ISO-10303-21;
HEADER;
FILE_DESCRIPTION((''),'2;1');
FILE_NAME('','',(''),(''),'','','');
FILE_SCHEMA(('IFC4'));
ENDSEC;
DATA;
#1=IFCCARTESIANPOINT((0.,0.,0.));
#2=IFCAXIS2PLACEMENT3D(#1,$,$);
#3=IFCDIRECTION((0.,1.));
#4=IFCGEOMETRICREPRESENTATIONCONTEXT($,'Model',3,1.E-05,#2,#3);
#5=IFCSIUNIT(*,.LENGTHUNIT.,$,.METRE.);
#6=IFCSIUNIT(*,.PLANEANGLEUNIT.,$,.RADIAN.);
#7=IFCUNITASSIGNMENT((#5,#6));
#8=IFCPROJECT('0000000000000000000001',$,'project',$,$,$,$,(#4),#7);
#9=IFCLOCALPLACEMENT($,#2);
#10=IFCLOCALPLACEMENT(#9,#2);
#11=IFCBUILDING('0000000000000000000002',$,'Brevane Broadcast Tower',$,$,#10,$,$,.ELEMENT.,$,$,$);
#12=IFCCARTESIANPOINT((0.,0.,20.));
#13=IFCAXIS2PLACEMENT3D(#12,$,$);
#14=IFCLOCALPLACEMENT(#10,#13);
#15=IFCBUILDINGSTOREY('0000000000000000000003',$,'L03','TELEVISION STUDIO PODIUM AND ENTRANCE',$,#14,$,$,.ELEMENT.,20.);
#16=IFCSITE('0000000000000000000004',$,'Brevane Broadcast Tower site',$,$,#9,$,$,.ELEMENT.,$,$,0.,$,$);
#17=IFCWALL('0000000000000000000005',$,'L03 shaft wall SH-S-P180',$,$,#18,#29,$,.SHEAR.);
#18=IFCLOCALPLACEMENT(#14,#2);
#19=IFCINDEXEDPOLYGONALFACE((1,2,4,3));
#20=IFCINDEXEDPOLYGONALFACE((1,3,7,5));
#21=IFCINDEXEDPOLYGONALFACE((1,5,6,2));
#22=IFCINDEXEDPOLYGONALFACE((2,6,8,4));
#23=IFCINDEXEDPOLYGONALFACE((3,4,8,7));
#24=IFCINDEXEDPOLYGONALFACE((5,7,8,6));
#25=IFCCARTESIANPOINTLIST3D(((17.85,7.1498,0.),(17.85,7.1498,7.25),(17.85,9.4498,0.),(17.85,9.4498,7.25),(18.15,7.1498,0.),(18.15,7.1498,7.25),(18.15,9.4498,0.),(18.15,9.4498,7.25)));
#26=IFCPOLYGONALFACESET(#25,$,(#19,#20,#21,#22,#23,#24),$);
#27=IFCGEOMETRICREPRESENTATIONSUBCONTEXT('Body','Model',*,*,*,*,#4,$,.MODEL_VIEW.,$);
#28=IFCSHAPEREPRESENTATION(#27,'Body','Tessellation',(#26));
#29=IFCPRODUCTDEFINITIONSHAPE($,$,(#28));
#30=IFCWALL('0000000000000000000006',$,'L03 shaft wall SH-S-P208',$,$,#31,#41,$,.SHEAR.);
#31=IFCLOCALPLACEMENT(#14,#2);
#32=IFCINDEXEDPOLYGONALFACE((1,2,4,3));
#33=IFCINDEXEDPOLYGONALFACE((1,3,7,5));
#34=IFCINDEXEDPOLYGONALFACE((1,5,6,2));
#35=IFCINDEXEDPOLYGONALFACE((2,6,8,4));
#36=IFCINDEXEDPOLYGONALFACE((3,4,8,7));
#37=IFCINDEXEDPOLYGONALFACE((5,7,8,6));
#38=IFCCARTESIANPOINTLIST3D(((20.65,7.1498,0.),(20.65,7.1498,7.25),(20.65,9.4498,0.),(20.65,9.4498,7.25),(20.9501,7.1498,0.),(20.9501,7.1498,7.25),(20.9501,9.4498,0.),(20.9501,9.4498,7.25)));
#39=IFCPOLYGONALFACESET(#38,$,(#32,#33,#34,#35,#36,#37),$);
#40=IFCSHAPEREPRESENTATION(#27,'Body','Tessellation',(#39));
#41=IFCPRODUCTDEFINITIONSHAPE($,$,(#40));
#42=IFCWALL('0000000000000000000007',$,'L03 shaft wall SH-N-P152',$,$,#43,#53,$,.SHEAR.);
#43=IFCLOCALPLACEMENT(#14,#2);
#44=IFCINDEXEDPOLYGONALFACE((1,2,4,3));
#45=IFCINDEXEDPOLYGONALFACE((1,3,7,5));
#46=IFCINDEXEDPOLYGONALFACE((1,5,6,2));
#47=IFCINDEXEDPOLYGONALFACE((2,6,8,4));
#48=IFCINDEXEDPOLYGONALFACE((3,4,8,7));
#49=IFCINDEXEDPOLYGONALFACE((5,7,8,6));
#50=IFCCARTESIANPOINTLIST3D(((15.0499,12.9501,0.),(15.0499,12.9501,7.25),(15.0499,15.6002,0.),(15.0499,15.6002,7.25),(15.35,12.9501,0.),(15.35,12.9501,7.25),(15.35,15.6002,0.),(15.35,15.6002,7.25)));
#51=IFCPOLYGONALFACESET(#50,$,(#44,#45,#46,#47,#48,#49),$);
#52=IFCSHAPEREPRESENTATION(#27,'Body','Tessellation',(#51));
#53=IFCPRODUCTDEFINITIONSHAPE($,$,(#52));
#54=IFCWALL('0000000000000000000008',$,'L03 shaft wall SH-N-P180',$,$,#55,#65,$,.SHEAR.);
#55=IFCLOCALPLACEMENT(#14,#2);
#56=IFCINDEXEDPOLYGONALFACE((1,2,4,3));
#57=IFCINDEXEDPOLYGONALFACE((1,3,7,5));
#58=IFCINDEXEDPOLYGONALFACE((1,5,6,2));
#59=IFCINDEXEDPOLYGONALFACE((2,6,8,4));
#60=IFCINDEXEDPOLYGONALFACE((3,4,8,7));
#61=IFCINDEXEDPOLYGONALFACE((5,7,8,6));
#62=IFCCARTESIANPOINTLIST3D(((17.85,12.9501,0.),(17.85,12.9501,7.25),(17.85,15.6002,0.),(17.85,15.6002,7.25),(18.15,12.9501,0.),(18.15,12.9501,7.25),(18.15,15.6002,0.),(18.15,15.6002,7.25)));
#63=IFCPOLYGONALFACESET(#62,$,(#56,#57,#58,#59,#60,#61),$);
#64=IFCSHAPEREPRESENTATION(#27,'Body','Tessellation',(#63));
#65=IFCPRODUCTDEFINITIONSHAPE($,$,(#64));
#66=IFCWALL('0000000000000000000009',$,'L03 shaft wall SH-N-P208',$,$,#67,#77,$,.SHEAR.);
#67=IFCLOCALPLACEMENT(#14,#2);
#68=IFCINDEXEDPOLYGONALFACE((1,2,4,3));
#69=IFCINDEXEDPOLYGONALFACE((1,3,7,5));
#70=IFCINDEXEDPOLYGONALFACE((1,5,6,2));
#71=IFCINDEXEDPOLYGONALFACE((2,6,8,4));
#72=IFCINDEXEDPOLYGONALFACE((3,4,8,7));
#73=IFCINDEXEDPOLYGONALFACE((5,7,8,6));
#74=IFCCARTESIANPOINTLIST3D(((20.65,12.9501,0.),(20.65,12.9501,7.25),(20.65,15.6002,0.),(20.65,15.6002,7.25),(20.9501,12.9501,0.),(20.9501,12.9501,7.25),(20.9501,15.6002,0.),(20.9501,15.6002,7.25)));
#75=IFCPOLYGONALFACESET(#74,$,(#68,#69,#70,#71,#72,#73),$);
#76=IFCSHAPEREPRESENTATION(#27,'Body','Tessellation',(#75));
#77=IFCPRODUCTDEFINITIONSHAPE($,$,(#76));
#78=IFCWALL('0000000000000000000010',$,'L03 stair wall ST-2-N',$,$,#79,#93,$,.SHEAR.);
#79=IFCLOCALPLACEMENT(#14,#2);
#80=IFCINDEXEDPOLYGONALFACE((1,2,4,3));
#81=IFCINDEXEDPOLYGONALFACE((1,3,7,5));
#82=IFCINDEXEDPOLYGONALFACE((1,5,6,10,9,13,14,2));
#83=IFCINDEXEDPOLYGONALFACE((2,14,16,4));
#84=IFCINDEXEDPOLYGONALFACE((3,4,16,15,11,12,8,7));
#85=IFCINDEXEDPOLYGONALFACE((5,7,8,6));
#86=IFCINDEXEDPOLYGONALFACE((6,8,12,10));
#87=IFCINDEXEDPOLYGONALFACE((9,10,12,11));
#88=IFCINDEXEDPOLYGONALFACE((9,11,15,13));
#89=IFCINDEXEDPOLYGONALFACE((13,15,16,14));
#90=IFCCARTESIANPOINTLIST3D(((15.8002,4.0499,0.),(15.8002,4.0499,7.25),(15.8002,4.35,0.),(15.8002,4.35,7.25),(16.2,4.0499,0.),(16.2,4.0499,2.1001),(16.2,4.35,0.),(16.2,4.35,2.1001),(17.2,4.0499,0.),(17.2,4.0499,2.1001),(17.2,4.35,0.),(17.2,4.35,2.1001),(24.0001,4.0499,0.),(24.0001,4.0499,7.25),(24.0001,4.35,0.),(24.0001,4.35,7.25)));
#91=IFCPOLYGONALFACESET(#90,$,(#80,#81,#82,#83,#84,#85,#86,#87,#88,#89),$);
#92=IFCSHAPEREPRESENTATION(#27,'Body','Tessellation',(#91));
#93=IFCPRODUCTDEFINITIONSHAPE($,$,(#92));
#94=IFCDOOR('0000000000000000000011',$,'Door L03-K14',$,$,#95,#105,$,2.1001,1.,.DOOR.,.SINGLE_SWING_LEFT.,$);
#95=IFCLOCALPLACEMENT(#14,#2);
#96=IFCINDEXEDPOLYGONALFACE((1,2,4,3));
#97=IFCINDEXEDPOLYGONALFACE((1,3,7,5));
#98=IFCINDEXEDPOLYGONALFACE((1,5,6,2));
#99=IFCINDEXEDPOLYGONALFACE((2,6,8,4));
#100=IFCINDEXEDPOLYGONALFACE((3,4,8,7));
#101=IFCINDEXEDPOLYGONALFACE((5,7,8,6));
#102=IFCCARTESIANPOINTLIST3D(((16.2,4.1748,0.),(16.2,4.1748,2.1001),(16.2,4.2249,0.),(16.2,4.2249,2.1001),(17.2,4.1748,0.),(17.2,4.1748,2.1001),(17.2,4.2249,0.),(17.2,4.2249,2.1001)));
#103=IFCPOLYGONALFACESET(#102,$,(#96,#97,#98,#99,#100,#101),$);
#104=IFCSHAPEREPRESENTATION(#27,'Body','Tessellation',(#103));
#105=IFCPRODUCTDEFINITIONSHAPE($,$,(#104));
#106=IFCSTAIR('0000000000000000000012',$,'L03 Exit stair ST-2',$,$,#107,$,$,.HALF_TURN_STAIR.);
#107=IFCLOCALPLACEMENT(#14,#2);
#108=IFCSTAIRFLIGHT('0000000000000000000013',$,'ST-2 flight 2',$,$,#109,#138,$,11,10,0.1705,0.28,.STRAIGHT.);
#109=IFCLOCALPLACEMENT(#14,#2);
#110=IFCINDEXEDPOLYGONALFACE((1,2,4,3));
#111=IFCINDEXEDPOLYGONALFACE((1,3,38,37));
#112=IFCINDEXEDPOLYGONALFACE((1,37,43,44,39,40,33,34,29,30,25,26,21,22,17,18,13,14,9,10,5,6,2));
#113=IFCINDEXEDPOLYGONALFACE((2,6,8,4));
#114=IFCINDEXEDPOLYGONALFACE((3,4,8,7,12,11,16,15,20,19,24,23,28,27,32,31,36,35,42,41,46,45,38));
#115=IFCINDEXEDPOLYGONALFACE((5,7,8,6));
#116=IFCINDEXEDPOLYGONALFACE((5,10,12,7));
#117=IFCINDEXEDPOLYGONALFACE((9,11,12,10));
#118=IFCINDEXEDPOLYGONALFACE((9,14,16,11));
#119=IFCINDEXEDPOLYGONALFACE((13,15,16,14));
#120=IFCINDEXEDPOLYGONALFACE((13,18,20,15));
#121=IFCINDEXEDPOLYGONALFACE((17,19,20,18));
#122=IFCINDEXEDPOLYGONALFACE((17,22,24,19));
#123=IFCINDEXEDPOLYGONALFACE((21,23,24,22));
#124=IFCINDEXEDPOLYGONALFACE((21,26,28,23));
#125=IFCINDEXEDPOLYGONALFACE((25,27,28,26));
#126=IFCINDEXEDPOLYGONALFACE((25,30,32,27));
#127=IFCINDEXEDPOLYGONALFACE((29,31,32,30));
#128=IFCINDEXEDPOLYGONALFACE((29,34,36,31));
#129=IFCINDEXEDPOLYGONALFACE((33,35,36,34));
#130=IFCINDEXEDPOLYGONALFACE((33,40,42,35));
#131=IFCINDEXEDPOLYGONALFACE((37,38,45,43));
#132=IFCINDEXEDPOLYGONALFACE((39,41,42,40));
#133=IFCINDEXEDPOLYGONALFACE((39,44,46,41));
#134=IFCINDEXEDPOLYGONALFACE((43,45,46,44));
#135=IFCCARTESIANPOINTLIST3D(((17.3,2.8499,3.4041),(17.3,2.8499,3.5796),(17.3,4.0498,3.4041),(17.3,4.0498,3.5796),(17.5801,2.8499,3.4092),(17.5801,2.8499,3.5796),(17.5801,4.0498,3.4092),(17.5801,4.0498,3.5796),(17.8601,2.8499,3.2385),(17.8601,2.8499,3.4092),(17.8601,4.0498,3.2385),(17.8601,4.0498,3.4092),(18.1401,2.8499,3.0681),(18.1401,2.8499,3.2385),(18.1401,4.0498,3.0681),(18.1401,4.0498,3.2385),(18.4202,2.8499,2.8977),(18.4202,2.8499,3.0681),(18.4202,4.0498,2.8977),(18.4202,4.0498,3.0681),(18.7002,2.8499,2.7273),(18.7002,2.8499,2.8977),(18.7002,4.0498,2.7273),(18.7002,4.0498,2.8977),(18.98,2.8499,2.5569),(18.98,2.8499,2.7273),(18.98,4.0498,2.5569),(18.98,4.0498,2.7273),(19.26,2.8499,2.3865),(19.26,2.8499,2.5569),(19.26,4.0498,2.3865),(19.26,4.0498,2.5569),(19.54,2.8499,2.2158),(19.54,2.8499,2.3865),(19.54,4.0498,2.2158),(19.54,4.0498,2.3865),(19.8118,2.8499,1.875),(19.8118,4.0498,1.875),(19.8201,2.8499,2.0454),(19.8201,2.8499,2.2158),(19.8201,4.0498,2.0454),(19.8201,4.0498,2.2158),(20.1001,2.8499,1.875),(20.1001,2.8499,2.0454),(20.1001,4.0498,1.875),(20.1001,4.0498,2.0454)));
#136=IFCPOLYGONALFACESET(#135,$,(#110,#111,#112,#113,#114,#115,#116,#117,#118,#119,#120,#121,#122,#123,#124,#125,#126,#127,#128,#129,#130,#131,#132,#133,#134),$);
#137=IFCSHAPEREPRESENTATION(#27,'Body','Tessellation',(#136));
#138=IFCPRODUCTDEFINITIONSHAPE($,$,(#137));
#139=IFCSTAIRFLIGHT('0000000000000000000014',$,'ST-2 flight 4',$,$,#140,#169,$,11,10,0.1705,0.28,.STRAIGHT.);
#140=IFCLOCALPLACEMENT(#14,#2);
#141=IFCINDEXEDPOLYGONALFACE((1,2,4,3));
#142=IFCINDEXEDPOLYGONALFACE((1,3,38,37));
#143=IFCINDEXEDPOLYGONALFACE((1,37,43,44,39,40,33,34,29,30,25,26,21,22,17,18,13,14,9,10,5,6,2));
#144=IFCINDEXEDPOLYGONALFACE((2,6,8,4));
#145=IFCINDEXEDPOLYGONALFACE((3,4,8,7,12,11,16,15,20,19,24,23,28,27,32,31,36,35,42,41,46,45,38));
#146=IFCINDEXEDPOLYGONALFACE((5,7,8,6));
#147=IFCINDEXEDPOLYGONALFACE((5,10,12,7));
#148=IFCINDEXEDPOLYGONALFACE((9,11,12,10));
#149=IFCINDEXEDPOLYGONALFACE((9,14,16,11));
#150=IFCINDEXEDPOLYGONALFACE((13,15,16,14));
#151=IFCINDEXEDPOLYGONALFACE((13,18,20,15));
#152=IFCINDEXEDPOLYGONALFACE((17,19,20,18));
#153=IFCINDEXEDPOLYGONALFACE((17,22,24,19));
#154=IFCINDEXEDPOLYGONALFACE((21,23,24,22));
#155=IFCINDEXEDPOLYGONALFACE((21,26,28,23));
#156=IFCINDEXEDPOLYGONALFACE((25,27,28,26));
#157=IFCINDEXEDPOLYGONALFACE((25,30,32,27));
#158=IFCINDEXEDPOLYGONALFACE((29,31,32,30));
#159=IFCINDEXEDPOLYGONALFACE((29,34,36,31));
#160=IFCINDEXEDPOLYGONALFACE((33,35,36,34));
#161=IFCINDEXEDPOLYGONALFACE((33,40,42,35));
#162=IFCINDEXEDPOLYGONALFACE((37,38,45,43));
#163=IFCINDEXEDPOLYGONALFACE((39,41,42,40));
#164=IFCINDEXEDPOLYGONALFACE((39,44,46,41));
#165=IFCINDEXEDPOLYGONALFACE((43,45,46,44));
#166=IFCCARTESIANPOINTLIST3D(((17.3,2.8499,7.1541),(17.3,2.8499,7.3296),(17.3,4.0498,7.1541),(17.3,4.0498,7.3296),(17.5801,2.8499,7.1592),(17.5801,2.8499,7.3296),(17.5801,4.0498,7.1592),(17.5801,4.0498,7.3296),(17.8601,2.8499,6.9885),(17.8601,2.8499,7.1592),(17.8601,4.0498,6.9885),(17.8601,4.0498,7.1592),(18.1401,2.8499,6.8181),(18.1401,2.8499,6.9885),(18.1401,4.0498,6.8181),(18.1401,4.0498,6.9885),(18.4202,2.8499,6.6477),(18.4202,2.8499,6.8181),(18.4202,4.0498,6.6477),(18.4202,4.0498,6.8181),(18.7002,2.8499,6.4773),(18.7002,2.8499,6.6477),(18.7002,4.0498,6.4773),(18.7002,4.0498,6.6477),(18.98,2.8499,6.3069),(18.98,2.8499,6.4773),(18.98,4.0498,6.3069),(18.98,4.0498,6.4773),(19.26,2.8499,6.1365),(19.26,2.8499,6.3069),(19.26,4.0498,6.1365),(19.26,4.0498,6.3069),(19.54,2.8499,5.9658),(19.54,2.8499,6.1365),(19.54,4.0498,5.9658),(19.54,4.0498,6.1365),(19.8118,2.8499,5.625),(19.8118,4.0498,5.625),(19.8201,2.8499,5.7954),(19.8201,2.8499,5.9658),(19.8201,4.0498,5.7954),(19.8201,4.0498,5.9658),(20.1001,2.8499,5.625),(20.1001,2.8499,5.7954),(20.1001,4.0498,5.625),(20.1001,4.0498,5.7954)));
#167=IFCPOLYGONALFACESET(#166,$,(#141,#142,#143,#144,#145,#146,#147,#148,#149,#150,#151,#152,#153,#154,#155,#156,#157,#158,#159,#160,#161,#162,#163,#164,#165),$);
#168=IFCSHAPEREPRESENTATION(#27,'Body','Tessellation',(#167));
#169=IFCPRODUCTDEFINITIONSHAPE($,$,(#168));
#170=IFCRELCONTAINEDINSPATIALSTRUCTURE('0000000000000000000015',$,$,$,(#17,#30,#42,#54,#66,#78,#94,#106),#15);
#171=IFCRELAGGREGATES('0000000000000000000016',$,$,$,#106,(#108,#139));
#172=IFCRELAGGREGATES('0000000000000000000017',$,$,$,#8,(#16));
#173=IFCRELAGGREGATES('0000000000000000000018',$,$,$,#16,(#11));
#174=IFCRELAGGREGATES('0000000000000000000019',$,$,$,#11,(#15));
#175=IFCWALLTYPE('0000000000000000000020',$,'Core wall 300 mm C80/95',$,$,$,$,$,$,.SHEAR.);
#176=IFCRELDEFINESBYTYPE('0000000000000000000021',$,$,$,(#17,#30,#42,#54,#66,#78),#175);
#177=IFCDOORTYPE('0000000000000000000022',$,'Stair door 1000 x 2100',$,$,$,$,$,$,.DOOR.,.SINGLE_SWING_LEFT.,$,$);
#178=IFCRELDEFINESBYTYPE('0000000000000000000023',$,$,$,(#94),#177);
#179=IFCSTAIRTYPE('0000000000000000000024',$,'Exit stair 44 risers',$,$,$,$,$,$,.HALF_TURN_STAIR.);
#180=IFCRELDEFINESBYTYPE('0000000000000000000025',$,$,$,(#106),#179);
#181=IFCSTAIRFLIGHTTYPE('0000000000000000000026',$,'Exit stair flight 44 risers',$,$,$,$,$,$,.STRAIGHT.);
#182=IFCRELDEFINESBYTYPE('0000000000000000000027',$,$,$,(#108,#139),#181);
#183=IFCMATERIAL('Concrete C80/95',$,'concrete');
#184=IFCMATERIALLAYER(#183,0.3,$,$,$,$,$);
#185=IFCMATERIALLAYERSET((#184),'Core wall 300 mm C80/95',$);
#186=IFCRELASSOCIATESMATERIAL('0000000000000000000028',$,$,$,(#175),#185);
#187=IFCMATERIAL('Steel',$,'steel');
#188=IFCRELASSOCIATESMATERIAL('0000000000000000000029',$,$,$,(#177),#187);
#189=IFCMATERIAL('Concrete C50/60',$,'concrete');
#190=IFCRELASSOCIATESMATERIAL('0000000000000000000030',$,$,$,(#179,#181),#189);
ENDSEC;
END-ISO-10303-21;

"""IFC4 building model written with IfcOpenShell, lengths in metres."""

from ifc_helpers import new_model, si_unit, direction, frame, frame_2d, origin, place, context, subcontext, project, spatial, polyline, rectangle, outline, extrude, material, layer, layer_set, type_object, element, fill, aggregate, save


model = new_model("IFC4")

# Units and contexts
model_context = context("Model", 3, precision=1e-05, world=origin(), true_north=direction((0.0, 1.0)))
body_context = subcontext(model_context, "Body", "Model", "MODEL_VIEW")
ifc_project = project(units=[si_unit("LENGTHUNIT", "METRE"), si_unit("PLANEANGLEUNIT", "RADIAN")], contexts=[model_context])

# Site, building, storey
site_placement = place(None, origin())
site = spatial("IfcSite", under=ifc_project, at=site_placement, Name="Brevane Broadcast Tower site", CompositionType="ELEMENT", RefElevation=0.0)
building_placement = place(site_placement, origin())
building = spatial("IfcBuilding", under=site, at=building_placement, Name="Brevane Broadcast Tower", CompositionType="ELEMENT")
storey_placement = place(building_placement, frame((0.0, 0.0, 20.0)))
storey = spatial("IfcBuildingStorey", under=building, at=storey_placement, Name="L03", Description="TELEVISION STUDIO PODIUM AND ENTRANCE", CompositionType="ELEMENT", Elevation=20.0)

# Shared definitions
ifc_material_1 = material(Name="Steel", Category="steel")

# Walls
ifc_material_2 = material(Name="Concrete C80/95", Category="concrete")
ifc_layer_1 = layer(ifc_material_2, 0.3)
ifc_layer_set_1 = layer_set([ifc_layer_1], Name="Core wall 300 mm C80/95")
wall_type_1 = type_object("IfcWallType", Name="Core wall 300 mm C80/95", PredefinedType="SHEAR", material=ifc_layer_set_1)
for number, where, z_axis, x_axis, name in (
    (1, (18.0, 7.1499, 0.0), (0.0, 0.0, 1.0), (0.0, 1.0, 0.0), "L03 shaft wall SH-S-P180"),
    (2, (20.8, 7.1499, 0.0), (0.0, 0.0, 1.0), (0.0, 1.0, 0.0), "L03 shaft wall SH-S-P208"),
):
    element("IfcWall", number, at=place(storey_placement, frame(where, z_axis=z_axis, x_axis=x_axis)), inside=storey, type_object=wall_type_1, Name=name, PredefinedType="SHEAR", context=body_context, shape_type="SweptSolid", body=[
        extrude(rectangle(XDim=2.3, YDim=0.3, at=frame_2d((1.1499, 0.0))), origin(), (0.0, 0.0, 1.0), 7.25),
    ])
for number, where, z_axis, x_axis, name in (
    (3, (15.2, 12.95, 0.0), (0.0, 0.0, 1.0), (0.0, 1.0, 0.0), "L03 shaft wall SH-N-P152"),
    (4, (18.0, 12.95, 0.0), (0.0, 0.0, 1.0), (0.0, 1.0, 0.0), "L03 shaft wall SH-N-P180"),
    (5, (20.8, 12.95, 0.0), (0.0, 0.0, 1.0), (0.0, 1.0, 0.0), "L03 shaft wall SH-N-P208"),
):
    element("IfcWall", number, at=place(storey_placement, frame(where, z_axis=z_axis, x_axis=x_axis)), inside=storey, type_object=wall_type_1, Name=name, PredefinedType="SHEAR", context=body_context, shape_type="SweptSolid", body=[
        extrude(rectangle(XDim=2.6501, YDim=0.3, at=frame_2d((1.3252, 0.0))), origin(), (0.0, 0.0, 1.0), 7.25),
    ])

# Wall, opening, door
wall_1_placement = place(storey_placement, frame((15.8, 4.2, 0.0), z_axis=(0.0, 0.0, 1.0), x_axis=(1.0, 0.0, 0.0)))
wall_1 = element("IfcWall", 6, at=wall_1_placement, inside=storey, type_object=wall_type_1, Name="L03 stair wall ST-2-N", PredefinedType="SHEAR", context=body_context, shape_type="SweptSolid", body=[
    extrude(rectangle(XDim=8.2, YDim=0.3, at=frame_2d((4.1001, 0.0))), origin(), (0.0, 0.0, 1.0), 7.25),
])
opening_1_placement = place(wall_1_placement, frame((0.3999, 0.0, 0.0)))
opening_1 = element("IfcOpeningElement", 7, at=opening_1_placement, cuts=wall_1, PredefinedType="OPENING", context=body_context, shape_type="SweptSolid", body=[
    extrude(rectangle(XDim=1.0, YDim=2.1001, at=frame_2d((0.5, 1.05))), frame((0.0, 0.1599, 0.0), z_axis=(0.0, -1.0, 0.0), x_axis=(1.0, 0.0, 0.0)), (0.0, 0.0, 1.0), 0.3201),
])
door_type_1 = type_object("IfcDoorType", Name="Stair door 1000 x 2100", OperationType="SINGLE_SWING_LEFT", PredefinedType="DOOR", material=ifc_material_1)
door_1_placement = place(opening_1_placement, origin())
door_1 = element("IfcDoor", 8, at=door_1_placement, inside=storey, type_object=door_type_1, Name="Door L03-K14", OperationType="SINGLE_SWING_LEFT", OverallHeight=2.1001, OverallWidth=1.0, PredefinedType="DOOR", context=body_context, shape_type="SweptSolid", body=[
    extrude(rectangle(XDim=1.0, YDim=2.1001, at=frame_2d((0.5, 1.05))), frame((0.0, 0.0249, 0.0), z_axis=(0.0, -1.0, 0.0), x_axis=(1.0, 0.0, 0.0)), (0.0, 0.0, 1.0), 0.05),
])
fill(opening_1, door_1)

# Stair, stair flights
ifc_material_3 = material(Name="Concrete C50/60", Category="concrete")
stair_type = type_object("IfcStairType", Name="Exit stair 44 risers", PredefinedType="HALF_TURN_STAIR", material=ifc_material_3)
stair_placement = place(storey_placement, origin())
stair = element("IfcStair", 9, at=stair_placement, inside=storey, type_object=stair_type, Name="L03 Exit stair ST-2", PredefinedType="HALF_TURN_STAIR")
stair_flight_type = type_object("IfcStairFlightType", Name="Exit stair flight 44 risers", PredefinedType="STRAIGHT", material=ifc_material_3)
stair_flight_1_placement = place(storey_placement, frame((20.1001, 3.45, 1.875), z_axis=(0.0, 0.0, 1.0), x_axis=(-1.0, 0.0, 0.0)))
stair_flight_1 = element("IfcStairFlight", 10, at=stair_flight_1_placement, type_object=stair_flight_type, Name="ST-2 flight 2", NumberOfRisers=11, NumberOfTreads=10, PredefinedType="STRAIGHT", RiserHeight=0.1705, TreadLength=0.28, context=body_context, shape_type="SweptSolid", body=[
    extrude(outline(polyline([(0.0, 0.0), (0.0, 0.1704), (0.28, 0.1704), (0.28, 0.3408), (0.5601, 0.3408), (0.5601, 0.5115), (0.8401, 0.5115), (0.8401, 0.6819), (1.1201, 0.6819), (1.1201, 0.8523), (1.3999, 0.8523), (1.3999, 1.0227), (1.6799, 1.0227), (1.6799, 1.1931), (1.96, 1.1931), (1.96, 1.3635), (2.24, 1.3635), (2.24, 1.5342), (2.52, 1.5342), (2.52, 1.7046), (2.8, 1.7046), (2.8, 1.875), (2.8, 1.5291), (0.2883, 0.0), (0.0, 0.0)])), frame((0.0, 0.6001, 0.0), z_axis=(0.0, -1.0, 0.0), x_axis=(1.0, 0.0, 0.0)), (0.0, 0.0, 1.0), 1.2),
])
stair_flight_2_placement = place(storey_placement, frame((20.1001, 3.45, 5.625), z_axis=(0.0, 0.0, 1.0), x_axis=(-1.0, 0.0, 0.0)))
stair_flight_2 = element("IfcStairFlight", 11, at=stair_flight_2_placement, type_object=stair_flight_type, Name="ST-2 flight 4", NumberOfRisers=11, NumberOfTreads=10, PredefinedType="STRAIGHT", RiserHeight=0.1705, TreadLength=0.28, context=body_context, shape_type="SweptSolid", body=[
    extrude(outline(polyline([(0.0, 0.0), (0.0, 0.1704), (0.28, 0.1704), (0.28, 0.3408), (0.5601, 0.3408), (0.5601, 0.5115), (0.8401, 0.5115), (0.8401, 0.6819), (1.1201, 0.6819), (1.1201, 0.8523), (1.3999, 0.8523), (1.3999, 1.0227), (1.6799, 1.0227), (1.6799, 1.1931), (1.96, 1.1931), (1.96, 1.3635), (2.24, 1.3635), (2.24, 1.5342), (2.52, 1.5342), (2.52, 1.7046), (2.8, 1.7046), (2.8, 1.875), (2.8, 1.5291), (0.2883, 0.0), (0.0, 0.0)])), frame((0.0, 0.6001, 0.0), z_axis=(0.0, -1.0, 0.0), x_axis=(1.0, 0.0, 0.0)), (0.0, 0.0, 1.0), 1.2),
])
aggregate(stair, [stair_flight_1, stair_flight_2])

save(model, "model.ifc")
